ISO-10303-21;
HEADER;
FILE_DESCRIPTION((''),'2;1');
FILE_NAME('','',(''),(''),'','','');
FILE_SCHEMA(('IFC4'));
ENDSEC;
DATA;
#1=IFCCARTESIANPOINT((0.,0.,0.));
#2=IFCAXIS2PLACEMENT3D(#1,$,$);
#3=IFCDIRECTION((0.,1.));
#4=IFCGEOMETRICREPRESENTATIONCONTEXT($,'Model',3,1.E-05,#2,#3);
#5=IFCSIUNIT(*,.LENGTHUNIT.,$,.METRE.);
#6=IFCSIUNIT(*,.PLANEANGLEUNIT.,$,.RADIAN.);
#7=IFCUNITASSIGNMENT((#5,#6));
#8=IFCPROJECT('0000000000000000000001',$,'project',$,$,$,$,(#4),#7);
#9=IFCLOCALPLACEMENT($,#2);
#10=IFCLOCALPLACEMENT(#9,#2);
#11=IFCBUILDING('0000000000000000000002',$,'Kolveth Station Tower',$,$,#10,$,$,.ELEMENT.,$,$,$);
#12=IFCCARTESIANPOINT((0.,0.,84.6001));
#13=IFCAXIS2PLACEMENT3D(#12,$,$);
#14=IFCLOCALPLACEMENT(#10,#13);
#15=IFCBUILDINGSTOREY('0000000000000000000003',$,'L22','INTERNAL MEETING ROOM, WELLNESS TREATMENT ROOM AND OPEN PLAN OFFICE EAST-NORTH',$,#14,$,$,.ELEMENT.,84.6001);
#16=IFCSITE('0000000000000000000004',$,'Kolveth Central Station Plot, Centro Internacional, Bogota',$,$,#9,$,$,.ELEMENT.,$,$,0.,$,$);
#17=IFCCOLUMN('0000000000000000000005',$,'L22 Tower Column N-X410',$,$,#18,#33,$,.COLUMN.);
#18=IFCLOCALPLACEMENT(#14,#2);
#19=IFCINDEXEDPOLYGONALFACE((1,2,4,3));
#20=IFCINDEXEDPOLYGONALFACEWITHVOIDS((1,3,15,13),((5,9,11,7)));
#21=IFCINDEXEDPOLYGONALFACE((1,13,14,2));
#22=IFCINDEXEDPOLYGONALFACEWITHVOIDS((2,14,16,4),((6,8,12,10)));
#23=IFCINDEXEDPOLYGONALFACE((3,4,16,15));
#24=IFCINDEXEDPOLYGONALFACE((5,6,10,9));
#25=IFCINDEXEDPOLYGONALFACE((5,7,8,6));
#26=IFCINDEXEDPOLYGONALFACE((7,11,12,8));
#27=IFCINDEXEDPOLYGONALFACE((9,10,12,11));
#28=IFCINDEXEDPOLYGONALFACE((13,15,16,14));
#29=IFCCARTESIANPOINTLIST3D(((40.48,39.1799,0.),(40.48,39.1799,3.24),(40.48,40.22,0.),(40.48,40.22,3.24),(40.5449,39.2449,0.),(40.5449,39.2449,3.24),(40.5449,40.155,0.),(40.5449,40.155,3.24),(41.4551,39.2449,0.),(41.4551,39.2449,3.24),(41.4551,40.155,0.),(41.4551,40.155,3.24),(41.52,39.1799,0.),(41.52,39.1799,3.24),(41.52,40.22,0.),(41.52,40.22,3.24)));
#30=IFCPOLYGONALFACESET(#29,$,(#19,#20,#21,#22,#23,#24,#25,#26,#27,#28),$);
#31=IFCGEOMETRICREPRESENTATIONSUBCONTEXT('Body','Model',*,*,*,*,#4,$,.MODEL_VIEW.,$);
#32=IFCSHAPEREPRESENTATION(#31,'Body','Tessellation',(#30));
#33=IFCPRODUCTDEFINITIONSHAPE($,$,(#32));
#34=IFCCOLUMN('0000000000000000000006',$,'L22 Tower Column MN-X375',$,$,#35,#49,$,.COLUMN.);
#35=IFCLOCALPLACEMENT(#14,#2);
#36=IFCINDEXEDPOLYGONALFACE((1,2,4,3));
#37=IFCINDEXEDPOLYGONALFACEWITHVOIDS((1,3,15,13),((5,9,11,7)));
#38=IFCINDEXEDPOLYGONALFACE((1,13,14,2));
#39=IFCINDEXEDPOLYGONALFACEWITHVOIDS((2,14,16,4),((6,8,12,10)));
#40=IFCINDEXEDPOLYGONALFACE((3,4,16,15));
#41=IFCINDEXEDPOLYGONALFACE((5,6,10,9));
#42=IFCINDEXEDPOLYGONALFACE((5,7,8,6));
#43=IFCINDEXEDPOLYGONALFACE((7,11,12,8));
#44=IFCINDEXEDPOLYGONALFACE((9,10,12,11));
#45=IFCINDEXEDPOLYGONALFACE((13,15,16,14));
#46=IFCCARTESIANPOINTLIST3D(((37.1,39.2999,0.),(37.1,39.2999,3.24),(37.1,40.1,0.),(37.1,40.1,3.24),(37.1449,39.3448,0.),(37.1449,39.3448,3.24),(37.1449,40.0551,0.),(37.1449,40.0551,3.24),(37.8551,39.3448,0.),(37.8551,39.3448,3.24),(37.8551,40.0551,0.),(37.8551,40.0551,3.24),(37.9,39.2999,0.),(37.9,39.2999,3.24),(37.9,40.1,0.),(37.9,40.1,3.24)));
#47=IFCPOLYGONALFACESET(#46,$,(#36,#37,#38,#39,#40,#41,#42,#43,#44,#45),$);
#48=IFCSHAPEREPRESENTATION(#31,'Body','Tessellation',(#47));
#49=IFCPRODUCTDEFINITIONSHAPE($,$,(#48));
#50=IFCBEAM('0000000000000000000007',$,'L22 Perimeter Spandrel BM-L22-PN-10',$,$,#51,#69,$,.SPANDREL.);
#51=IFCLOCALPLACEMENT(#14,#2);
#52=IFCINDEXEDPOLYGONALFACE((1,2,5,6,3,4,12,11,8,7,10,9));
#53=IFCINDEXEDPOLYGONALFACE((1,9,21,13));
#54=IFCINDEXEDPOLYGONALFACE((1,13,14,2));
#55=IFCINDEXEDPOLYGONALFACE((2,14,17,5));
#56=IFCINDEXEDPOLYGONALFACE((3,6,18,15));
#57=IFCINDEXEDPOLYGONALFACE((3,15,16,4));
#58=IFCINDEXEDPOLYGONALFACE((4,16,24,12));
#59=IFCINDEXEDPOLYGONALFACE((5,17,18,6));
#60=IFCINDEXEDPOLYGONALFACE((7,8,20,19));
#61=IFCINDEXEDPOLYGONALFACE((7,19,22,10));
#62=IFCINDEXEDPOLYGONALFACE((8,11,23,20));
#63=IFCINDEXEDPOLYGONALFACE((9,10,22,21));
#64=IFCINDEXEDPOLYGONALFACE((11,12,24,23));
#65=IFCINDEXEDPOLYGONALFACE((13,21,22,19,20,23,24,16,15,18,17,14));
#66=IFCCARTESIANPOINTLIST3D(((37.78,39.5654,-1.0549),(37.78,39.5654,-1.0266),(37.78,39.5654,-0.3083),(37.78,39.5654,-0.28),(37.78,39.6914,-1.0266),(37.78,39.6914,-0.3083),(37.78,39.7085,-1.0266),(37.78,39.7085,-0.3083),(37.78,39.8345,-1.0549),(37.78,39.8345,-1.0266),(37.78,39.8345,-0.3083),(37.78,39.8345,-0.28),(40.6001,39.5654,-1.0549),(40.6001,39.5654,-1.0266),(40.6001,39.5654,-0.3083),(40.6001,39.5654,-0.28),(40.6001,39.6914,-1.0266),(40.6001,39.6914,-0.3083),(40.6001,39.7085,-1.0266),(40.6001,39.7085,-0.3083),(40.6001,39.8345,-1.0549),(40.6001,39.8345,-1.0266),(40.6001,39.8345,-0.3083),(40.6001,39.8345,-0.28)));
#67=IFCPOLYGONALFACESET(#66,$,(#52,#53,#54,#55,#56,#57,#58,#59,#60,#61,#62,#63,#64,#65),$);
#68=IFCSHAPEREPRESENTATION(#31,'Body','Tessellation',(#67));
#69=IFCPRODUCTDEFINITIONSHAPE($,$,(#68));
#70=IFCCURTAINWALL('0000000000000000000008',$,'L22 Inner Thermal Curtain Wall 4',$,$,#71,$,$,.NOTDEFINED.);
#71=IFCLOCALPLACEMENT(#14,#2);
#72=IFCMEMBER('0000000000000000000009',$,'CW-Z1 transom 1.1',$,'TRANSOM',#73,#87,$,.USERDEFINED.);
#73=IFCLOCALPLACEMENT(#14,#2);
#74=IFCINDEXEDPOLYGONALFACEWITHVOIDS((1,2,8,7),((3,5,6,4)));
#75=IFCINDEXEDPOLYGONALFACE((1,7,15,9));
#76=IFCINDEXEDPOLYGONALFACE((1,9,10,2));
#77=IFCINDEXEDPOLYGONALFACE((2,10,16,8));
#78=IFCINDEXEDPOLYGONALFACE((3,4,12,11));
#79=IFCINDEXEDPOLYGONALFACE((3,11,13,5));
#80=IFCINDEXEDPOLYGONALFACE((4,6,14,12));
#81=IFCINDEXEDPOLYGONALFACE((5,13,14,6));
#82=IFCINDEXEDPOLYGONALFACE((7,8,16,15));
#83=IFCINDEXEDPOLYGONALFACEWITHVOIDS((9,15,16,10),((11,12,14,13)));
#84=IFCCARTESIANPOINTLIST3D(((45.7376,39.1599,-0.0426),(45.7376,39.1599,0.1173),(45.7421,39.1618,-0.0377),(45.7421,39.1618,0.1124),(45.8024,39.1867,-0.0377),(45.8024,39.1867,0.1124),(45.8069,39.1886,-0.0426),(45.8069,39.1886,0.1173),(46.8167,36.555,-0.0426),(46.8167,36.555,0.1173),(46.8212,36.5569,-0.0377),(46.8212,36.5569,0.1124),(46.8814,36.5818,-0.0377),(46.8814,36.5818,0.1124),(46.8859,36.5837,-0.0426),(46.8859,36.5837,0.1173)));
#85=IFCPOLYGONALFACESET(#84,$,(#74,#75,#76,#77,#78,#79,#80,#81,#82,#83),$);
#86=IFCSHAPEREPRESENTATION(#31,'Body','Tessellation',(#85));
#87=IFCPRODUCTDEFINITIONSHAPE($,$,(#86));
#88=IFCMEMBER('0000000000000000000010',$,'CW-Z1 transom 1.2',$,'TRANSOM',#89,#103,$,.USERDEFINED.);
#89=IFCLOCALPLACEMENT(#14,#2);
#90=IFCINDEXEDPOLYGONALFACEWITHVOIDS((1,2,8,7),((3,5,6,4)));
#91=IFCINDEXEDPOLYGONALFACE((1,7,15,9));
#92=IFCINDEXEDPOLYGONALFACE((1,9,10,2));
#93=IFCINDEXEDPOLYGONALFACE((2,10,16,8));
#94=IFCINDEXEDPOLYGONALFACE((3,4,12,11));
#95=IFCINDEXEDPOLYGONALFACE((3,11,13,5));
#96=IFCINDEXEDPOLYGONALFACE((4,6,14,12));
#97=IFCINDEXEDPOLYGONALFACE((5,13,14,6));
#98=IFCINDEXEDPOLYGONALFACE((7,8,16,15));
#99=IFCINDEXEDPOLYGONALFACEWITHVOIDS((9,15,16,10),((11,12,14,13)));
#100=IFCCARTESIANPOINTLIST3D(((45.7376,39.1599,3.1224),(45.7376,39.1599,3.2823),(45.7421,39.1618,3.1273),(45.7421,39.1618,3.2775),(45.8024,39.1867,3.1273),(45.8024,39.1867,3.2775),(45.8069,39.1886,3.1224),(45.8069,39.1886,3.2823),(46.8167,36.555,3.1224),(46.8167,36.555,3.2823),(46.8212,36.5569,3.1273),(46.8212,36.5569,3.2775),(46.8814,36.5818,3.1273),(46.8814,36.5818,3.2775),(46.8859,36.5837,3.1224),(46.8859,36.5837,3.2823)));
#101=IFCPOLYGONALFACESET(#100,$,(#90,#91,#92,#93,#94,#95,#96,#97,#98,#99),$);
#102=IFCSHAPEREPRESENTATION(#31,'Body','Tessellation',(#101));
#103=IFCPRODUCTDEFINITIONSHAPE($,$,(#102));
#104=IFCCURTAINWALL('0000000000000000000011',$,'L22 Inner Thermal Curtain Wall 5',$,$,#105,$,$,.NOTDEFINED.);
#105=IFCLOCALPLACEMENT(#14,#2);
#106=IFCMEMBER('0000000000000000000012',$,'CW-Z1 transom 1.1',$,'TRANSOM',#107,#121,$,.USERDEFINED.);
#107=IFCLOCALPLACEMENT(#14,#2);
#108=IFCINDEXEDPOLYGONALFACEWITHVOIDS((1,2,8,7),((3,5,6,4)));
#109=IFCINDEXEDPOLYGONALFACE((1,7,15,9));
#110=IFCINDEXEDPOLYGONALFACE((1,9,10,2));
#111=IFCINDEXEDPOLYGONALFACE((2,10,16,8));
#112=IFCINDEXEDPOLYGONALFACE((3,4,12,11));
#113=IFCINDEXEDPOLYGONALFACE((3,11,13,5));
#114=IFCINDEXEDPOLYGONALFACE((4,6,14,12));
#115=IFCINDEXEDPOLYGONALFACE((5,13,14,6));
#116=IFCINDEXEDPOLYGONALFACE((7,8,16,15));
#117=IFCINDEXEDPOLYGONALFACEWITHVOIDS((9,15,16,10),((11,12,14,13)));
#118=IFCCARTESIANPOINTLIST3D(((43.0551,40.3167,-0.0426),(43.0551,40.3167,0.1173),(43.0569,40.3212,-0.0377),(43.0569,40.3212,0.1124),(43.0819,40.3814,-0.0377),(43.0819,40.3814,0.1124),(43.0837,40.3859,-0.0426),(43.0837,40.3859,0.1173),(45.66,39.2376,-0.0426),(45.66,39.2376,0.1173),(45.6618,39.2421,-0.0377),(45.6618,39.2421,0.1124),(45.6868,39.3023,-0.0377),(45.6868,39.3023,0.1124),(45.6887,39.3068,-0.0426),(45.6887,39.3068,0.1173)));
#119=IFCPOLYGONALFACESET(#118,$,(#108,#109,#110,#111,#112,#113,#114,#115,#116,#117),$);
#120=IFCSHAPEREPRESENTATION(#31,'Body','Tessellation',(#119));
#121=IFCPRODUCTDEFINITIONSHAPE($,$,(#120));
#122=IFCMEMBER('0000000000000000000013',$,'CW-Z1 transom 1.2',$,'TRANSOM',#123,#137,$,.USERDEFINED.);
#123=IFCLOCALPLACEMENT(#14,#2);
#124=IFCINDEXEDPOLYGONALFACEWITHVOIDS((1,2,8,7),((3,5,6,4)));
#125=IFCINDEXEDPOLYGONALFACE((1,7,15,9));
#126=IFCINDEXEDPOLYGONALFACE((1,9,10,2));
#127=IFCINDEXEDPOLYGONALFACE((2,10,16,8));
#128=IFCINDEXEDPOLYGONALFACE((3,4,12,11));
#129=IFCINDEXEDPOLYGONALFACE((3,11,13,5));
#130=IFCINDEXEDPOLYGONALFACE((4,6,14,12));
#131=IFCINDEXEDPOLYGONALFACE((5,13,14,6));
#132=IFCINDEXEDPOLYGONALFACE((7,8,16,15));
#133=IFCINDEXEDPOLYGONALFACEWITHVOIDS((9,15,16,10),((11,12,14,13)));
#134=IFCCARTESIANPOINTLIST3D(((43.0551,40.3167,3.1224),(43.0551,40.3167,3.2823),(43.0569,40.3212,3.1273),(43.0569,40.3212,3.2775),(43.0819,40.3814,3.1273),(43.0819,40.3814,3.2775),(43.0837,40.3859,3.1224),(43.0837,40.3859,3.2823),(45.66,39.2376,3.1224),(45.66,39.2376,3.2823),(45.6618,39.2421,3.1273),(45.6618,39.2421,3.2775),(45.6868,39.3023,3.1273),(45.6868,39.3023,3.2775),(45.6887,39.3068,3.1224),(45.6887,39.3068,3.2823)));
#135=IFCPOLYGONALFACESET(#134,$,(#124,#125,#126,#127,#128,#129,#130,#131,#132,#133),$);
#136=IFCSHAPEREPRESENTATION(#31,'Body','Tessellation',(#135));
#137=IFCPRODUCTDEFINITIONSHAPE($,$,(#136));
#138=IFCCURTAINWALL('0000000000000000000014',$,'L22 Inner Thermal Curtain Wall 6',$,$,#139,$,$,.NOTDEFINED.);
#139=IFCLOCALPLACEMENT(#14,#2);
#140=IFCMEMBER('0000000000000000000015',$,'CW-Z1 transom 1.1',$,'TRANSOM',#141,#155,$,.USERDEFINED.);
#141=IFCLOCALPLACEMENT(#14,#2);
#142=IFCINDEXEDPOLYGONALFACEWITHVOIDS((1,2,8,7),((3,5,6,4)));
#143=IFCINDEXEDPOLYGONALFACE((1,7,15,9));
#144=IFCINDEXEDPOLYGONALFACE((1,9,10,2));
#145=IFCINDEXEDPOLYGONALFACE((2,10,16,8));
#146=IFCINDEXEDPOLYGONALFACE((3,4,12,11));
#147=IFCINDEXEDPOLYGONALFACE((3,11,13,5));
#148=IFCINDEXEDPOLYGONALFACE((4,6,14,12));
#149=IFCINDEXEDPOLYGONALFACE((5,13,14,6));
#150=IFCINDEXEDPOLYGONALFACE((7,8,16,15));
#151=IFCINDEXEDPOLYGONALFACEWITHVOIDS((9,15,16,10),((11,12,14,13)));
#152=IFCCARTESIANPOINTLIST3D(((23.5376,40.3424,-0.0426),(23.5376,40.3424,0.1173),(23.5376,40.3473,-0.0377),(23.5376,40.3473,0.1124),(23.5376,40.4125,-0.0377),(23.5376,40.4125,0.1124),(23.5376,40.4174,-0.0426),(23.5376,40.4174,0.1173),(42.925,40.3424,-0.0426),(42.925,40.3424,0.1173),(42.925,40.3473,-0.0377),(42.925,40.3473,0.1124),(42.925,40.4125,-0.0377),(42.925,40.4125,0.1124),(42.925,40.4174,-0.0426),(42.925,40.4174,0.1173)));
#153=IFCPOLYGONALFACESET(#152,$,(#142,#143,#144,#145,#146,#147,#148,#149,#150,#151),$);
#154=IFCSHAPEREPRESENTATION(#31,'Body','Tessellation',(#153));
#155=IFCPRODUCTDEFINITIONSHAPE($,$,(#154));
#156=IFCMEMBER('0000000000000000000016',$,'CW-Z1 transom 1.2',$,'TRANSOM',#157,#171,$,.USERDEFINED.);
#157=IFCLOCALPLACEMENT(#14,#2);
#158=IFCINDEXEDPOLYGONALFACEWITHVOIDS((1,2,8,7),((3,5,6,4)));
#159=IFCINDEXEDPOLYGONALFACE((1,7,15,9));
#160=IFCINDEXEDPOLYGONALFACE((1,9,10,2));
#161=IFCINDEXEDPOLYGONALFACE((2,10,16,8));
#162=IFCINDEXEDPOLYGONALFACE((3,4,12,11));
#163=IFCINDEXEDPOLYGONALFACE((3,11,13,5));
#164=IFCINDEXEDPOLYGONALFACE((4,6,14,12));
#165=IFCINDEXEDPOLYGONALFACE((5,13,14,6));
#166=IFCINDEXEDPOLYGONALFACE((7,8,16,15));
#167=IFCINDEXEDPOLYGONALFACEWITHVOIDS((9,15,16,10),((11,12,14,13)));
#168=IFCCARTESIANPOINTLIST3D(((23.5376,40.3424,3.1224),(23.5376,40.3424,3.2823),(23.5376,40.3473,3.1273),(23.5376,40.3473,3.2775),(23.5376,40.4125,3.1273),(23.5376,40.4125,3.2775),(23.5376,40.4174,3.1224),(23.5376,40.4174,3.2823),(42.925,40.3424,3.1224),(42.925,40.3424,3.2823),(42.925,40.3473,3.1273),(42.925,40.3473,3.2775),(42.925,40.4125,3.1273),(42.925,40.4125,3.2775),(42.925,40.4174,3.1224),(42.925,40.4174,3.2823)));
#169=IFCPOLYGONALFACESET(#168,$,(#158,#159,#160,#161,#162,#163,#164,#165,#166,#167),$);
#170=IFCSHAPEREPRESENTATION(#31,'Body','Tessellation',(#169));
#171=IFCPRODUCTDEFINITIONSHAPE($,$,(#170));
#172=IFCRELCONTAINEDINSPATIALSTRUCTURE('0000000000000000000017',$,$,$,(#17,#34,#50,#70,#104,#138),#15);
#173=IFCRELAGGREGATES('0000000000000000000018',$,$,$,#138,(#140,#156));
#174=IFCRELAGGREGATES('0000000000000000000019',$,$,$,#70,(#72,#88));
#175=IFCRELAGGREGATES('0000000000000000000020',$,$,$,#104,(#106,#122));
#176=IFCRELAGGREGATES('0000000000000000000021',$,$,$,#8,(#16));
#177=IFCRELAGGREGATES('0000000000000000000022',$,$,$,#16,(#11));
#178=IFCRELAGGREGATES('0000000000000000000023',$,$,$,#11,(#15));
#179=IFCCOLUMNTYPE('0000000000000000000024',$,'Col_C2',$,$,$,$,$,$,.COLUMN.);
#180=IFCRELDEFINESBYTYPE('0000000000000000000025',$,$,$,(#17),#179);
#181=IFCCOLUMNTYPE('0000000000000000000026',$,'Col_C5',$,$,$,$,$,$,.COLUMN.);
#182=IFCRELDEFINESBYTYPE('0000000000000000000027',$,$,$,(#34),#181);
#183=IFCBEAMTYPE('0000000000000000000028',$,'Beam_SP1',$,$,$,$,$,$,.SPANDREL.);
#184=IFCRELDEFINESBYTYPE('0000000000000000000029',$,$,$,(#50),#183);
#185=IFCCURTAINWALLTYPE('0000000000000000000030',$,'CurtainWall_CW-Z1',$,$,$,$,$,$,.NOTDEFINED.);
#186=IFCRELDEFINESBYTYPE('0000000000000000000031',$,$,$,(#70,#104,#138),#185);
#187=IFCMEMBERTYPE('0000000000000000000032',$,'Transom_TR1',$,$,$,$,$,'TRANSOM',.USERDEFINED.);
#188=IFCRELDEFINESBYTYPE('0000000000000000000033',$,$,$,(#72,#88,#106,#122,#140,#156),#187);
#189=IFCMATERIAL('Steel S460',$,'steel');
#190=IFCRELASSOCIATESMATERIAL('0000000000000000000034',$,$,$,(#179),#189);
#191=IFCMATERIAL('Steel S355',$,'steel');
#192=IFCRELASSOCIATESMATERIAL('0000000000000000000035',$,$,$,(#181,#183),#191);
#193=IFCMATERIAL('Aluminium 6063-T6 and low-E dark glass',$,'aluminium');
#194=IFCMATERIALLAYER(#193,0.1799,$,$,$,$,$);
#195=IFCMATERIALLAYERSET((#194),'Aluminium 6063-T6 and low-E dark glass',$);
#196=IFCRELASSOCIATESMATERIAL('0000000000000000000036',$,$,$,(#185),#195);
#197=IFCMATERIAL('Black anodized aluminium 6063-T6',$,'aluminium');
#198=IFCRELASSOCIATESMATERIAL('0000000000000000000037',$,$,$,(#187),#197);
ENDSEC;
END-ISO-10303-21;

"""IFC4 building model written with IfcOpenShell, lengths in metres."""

from ifc_helpers import new_model, si_unit, direction, frame, origin, origin_2d, place, context, subcontext, project, spatial, hollow_rectangle, i_section, extrude, source, transform, mapped, material, layer, layer_set, material_profile, profile_set, type_object, element, aggregate, save


model = new_model("IFC4")

# Units and contexts
model_context = context("Model", 3, precision=1e-05, world=origin(), true_north=direction((0.0, 1.0)))
body_context = subcontext(model_context, "Body", "Model", "MODEL_VIEW")
ifc_project = project(units=[si_unit("LENGTHUNIT", "METRE"), si_unit("PLANEANGLEUNIT", "RADIAN")], contexts=[model_context])

# Site, building, storey
site_placement = place(None, origin())
site = spatial("IfcSite", under=ifc_project, at=site_placement, Name="Kolveth Central Station Plot, Centro Internacional, Bogota", CompositionType="ELEMENT", RefElevation=0.0)
building_placement = place(site_placement, origin())
building = spatial("IfcBuilding", under=site, at=building_placement, Name="Kolveth Station Tower", CompositionType="ELEMENT")
storey_placement = place(building_placement, frame((0.0, 0.0, 84.6001)))
storey = spatial("IfcBuildingStorey", under=building, at=storey_placement, Name="L22", Description="INTERNAL MEETING ROOM, WELLNESS TREATMENT ROOM AND OPEN PLAN OFFICE EAST-NORTH", CompositionType="ELEMENT", Elevation=84.6001)

# Columns
ifc_material_1 = material(Name="Steel S460", Category="steel")
ifc_material_profile_1 = material_profile(ifc_material_1, hollow_rectangle(XDim=1.04, YDim=1.04, WallThickness=0.0649, at=origin_2d()), Name="BOX1040x1040x65")
ifc_profile_set_1 = profile_set([ifc_material_profile_1], Name="Steel S460")
column_type_1 = type_object("IfcColumnType", Name="Col_C2", PredefinedType="COLUMN", material=ifc_profile_set_1)
shared_shape_1 = source(origin(), body_context, "Body", "SweptSolid", [
    extrude(hollow_rectangle(XDim=1.04, YDim=1.04, WallThickness=0.0649, at=origin_2d()), origin(), (0.0, 0.0, 1.0), 3.24),
])
column_1_placement = place(storey_placement, frame((41.0, 39.7, 0.0), z_axis=(0.0, 0.0, 1.0), x_axis=(1.0, 0.0, 0.0)))
element("IfcColumn", 1, at=column_1_placement, inside=storey, type_object=column_type_1, Name="L22 Tower Column N-X410", PredefinedType="COLUMN", context=body_context, shape_type="MappedRepresentation", body=[
    mapped(shared_shape_1, transform((0.0, 0.0, 0.0), x_axis=(1.0, 0.0, 0.0), y_axis=(0.0, 1.0, 0.0), z_axis=(0.0, 0.0, 1.0), scale=1.0)),
])
ifc_material_2 = material(Name="Steel S355", Category="steel")
ifc_material_profile_2 = material_profile(ifc_material_2, hollow_rectangle(XDim=0.8, YDim=0.8, WallThickness=0.0449, at=origin_2d()), Name="BOX800x800x45")
ifc_profile_set_2 = profile_set([ifc_material_profile_2], Name="Steel S355")
column_type_2 = type_object("IfcColumnType", Name="Col_C5", PredefinedType="COLUMN", material=ifc_profile_set_2)
shared_shape_2 = source(origin(), body_context, "Body", "SweptSolid", [
    extrude(hollow_rectangle(XDim=0.8, YDim=0.8, WallThickness=0.0449, at=origin_2d()), origin(), (0.0, 0.0, 1.0), 3.24),
])
column_2_placement = place(storey_placement, frame((37.5, 39.7, 0.0), z_axis=(0.0, 0.0, 1.0), x_axis=(1.0, 0.0, 0.0)))
element("IfcColumn", 2, at=column_2_placement, inside=storey, type_object=column_type_2, Name="L22 Tower Column MN-X375", PredefinedType="COLUMN", context=body_context, shape_type="MappedRepresentation", body=[
    mapped(shared_shape_2, transform((0.0, 0.0, 0.0), x_axis=(1.0, 0.0, 0.0), y_axis=(0.0, 1.0, 0.0), z_axis=(0.0, 0.0, 1.0), scale=1.0)),
])

# Beam
ifc_material_profile_3 = material_profile(ifc_material_2, i_section(OverallWidth=0.269, OverallDepth=0.7749, WebThickness=0.0171, FlangeThickness=0.0283, at=origin_2d()), Name="W760x220")
ifc_profile_set_3 = profile_set([ifc_material_profile_3], Name="Steel S355")
beam_type = type_object("IfcBeamType", Name="Beam_SP1", PredefinedType="SPANDREL", material=ifc_profile_set_3)
shared_shape_3 = source(origin(), body_context, "Body", "SweptSolid", [
    extrude(i_section(OverallWidth=0.269, OverallDepth=0.7749, WebThickness=0.0171, FlangeThickness=0.0283, at=origin_2d()), origin(), (0.0, 0.0, 1.0), 2.8201),
])
beam_placement = place(storey_placement, frame((37.78, 39.7, -0.6675), z_axis=(1.0, 0.0, 0.0), x_axis=(0.0, 1.0, 0.0)))
element("IfcBeam", 3, at=beam_placement, inside=storey, type_object=beam_type, Name="L22 Perimeter Spandrel BM-L22-PN-10", PredefinedType="SPANDREL", context=body_context, shape_type="MappedRepresentation", body=[
    mapped(shared_shape_3, transform((0.0, 0.0, 0.0), x_axis=(1.0, 0.0, 0.0), y_axis=(0.0, 1.0, 0.0), z_axis=(0.0, 0.0, 1.0), scale=1.0)),
])

# Curtain walls, members
ifc_material_3 = material(Name="Aluminium 6063-T6 and low-E dark glass", Category="aluminium")
ifc_layer_1 = layer(ifc_material_3, 0.1799)
ifc_layer_set_1 = layer_set([ifc_layer_1], Name="Aluminium 6063-T6 and low-E dark glass")
curtain_wall_type_1 = type_object("IfcCurtainWallType", Name="CurtainWall_CW-Z1", PredefinedType="NOTDEFINED", material=ifc_layer_set_1)
curtain_wall_1_placement = place(storey_placement, origin())
curtain_wall_1 = element("IfcCurtainWall", 4, at=curtain_wall_1_placement, inside=storey, type_object=curtain_wall_type_1, Name="L22 Inner Thermal Curtain Wall 4", PredefinedType="NOTDEFINED")
ifc_material_4 = material(Name="Black anodized aluminium 6063-T6", Category="aluminium")
ifc_material_profile_4 = material_profile(ifc_material_4, hollow_rectangle(XDim=0.075, YDim=0.1599, WallThickness=0.0049, at=origin_2d()), Name="ALU-75x160x5")
ifc_profile_set_4 = profile_set([ifc_material_profile_4], Name="Black anodized aluminium 6063-T6")
member_type_1 = type_object("IfcMemberType", Name="Transom_TR1", ElementType="TRANSOM", PredefinedType="USERDEFINED", material=ifc_profile_set_4)
shared_shape_4 = source(origin(), body_context, "Body", "SweptSolid", [
    extrude(hollow_rectangle(XDim=0.075, YDim=0.1599, WallThickness=0.0049, at=origin_2d()), origin(), (0.0, 0.0, 1.0), 2.8196),
])
member_1_placement = place(storey_placement, frame((46.8513, 36.5693, 0.0374), z_axis=(-0.382709, 0.923869, 0.0), x_axis=(-0.923869, -0.382709, 0.0)))
member_1 = element("IfcMember", 5, at=member_1_placement, type_object=member_type_1, Name="CW-Z1 transom 1.1", ObjectType="TRANSOM", PredefinedType="USERDEFINED", context=body_context, shape_type="MappedRepresentation", body=[
    mapped(shared_shape_4, transform((0.0, 0.0, 0.0), x_axis=(1.0, 0.0, 0.0), y_axis=(0.0, 1.0, 0.0), z_axis=(0.0, 0.0, 1.0), scale=1.0)),
])
member_2_placement = place(storey_placement, frame((46.8513, 36.5693, 3.2024), z_axis=(-0.382709, 0.923869, 0.0), x_axis=(-0.923869, -0.382709, 0.0)))
member_2 = element("IfcMember", 6, at=member_2_placement, type_object=member_type_1, Name="CW-Z1 transom 1.2", ObjectType="TRANSOM", PredefinedType="USERDEFINED", context=body_context, shape_type="MappedRepresentation", body=[
    mapped(shared_shape_4, transform((0.0, 0.0, 0.0), x_axis=(1.0, 0.0, 0.0), y_axis=(0.0, 1.0, 0.0), z_axis=(0.0, 0.0, 1.0), scale=1.0)),
])
curtain_wall_2_placement = place(storey_placement, origin())
curtain_wall_2 = element("IfcCurtainWall", 7, at=curtain_wall_2_placement, inside=storey, type_object=curtain_wall_type_1, Name="L22 Inner Thermal Curtain Wall 5", PredefinedType="NOTDEFINED")
member_3_placement = place(storey_placement, frame((45.6743, 39.2722, 0.0374), z_axis=(-0.923869, 0.382709, 0.0), x_axis=(-0.382709, -0.923869, 0.0)))
member_3 = element("IfcMember", 8, at=member_3_placement, type_object=member_type_1, Name="CW-Z1 transom 1.1", ObjectType="TRANSOM", PredefinedType="USERDEFINED", context=body_context, shape_type="MappedRepresentation", body=[
    mapped(shared_shape_4, transform((0.0, 0.0, 0.0), x_axis=(1.0, 0.0, 0.0), y_axis=(0.0, 1.0, 0.0), z_axis=(0.0, 0.0, 1.0), scale=1.0)),
])
member_4_placement = place(storey_placement, frame((45.6743, 39.2722, 3.2024), z_axis=(-0.923869, 0.382709, 0.0), x_axis=(-0.382709, -0.923869, 0.0)))
member_4 = element("IfcMember", 9, at=member_4_placement, type_object=member_type_1, Name="CW-Z1 transom 1.2", ObjectType="TRANSOM", PredefinedType="USERDEFINED", context=body_context, shape_type="MappedRepresentation", body=[
    mapped(shared_shape_4, transform((0.0, 0.0, 0.0), x_axis=(1.0, 0.0, 0.0), y_axis=(0.0, 1.0, 0.0), z_axis=(0.0, 0.0, 1.0), scale=1.0)),
])
curtain_wall_3_placement = place(storey_placement, origin())
curtain_wall_3 = element("IfcCurtainWall", 10, at=curtain_wall_3_placement, inside=storey, type_object=curtain_wall_type_1, Name="L22 Inner Thermal Curtain Wall 6", PredefinedType="NOTDEFINED")
shared_shape_5 = source(origin(), body_context, "Body", "SweptSolid", [
    extrude(hollow_rectangle(XDim=0.075, YDim=0.1599, WallThickness=0.0049, at=origin_2d()), origin(), (0.0, 0.0, 1.0), 19.3875),
])
member_5_placement = place(storey_placement, frame((42.925, 40.3799, 0.0374), z_axis=(-1.0, 0.0, 0.0), x_axis=(0.0, -1.0, 0.0)))
member_5 = element("IfcMember", 11, at=member_5_placement, type_object=member_type_1, Name="CW-Z1 transom 1.1", ObjectType="TRANSOM", PredefinedType="USERDEFINED", context=body_context, shape_type="MappedRepresentation", body=[
    mapped(shared_shape_5, transform((0.0, 0.0, 0.0), x_axis=(1.0, 0.0, 0.0), y_axis=(0.0, 1.0, 0.0), z_axis=(0.0, 0.0, 1.0), scale=1.0)),
])
member_6_placement = place(storey_placement, frame((42.925, 40.3799, 3.2024), z_axis=(-1.0, 0.0, 0.0), x_axis=(0.0, -1.0, 0.0)))
member_6 = element("IfcMember", 12, at=member_6_placement, type_object=member_type_1, Name="CW-Z1 transom 1.2", ObjectType="TRANSOM", PredefinedType="USERDEFINED", context=body_context, shape_type="MappedRepresentation", body=[
    mapped(shared_shape_5, transform((0.0, 0.0, 0.0), x_axis=(1.0, 0.0, 0.0), y_axis=(0.0, 1.0, 0.0), z_axis=(0.0, 0.0, 1.0), scale=1.0)),
])

aggregate(curtain_wall_3, [member_5, member_6])

aggregate(curtain_wall_1, [member_1, member_2])
aggregate(curtain_wall_2, [member_3, member_4])

save(model, "model.ifc")
